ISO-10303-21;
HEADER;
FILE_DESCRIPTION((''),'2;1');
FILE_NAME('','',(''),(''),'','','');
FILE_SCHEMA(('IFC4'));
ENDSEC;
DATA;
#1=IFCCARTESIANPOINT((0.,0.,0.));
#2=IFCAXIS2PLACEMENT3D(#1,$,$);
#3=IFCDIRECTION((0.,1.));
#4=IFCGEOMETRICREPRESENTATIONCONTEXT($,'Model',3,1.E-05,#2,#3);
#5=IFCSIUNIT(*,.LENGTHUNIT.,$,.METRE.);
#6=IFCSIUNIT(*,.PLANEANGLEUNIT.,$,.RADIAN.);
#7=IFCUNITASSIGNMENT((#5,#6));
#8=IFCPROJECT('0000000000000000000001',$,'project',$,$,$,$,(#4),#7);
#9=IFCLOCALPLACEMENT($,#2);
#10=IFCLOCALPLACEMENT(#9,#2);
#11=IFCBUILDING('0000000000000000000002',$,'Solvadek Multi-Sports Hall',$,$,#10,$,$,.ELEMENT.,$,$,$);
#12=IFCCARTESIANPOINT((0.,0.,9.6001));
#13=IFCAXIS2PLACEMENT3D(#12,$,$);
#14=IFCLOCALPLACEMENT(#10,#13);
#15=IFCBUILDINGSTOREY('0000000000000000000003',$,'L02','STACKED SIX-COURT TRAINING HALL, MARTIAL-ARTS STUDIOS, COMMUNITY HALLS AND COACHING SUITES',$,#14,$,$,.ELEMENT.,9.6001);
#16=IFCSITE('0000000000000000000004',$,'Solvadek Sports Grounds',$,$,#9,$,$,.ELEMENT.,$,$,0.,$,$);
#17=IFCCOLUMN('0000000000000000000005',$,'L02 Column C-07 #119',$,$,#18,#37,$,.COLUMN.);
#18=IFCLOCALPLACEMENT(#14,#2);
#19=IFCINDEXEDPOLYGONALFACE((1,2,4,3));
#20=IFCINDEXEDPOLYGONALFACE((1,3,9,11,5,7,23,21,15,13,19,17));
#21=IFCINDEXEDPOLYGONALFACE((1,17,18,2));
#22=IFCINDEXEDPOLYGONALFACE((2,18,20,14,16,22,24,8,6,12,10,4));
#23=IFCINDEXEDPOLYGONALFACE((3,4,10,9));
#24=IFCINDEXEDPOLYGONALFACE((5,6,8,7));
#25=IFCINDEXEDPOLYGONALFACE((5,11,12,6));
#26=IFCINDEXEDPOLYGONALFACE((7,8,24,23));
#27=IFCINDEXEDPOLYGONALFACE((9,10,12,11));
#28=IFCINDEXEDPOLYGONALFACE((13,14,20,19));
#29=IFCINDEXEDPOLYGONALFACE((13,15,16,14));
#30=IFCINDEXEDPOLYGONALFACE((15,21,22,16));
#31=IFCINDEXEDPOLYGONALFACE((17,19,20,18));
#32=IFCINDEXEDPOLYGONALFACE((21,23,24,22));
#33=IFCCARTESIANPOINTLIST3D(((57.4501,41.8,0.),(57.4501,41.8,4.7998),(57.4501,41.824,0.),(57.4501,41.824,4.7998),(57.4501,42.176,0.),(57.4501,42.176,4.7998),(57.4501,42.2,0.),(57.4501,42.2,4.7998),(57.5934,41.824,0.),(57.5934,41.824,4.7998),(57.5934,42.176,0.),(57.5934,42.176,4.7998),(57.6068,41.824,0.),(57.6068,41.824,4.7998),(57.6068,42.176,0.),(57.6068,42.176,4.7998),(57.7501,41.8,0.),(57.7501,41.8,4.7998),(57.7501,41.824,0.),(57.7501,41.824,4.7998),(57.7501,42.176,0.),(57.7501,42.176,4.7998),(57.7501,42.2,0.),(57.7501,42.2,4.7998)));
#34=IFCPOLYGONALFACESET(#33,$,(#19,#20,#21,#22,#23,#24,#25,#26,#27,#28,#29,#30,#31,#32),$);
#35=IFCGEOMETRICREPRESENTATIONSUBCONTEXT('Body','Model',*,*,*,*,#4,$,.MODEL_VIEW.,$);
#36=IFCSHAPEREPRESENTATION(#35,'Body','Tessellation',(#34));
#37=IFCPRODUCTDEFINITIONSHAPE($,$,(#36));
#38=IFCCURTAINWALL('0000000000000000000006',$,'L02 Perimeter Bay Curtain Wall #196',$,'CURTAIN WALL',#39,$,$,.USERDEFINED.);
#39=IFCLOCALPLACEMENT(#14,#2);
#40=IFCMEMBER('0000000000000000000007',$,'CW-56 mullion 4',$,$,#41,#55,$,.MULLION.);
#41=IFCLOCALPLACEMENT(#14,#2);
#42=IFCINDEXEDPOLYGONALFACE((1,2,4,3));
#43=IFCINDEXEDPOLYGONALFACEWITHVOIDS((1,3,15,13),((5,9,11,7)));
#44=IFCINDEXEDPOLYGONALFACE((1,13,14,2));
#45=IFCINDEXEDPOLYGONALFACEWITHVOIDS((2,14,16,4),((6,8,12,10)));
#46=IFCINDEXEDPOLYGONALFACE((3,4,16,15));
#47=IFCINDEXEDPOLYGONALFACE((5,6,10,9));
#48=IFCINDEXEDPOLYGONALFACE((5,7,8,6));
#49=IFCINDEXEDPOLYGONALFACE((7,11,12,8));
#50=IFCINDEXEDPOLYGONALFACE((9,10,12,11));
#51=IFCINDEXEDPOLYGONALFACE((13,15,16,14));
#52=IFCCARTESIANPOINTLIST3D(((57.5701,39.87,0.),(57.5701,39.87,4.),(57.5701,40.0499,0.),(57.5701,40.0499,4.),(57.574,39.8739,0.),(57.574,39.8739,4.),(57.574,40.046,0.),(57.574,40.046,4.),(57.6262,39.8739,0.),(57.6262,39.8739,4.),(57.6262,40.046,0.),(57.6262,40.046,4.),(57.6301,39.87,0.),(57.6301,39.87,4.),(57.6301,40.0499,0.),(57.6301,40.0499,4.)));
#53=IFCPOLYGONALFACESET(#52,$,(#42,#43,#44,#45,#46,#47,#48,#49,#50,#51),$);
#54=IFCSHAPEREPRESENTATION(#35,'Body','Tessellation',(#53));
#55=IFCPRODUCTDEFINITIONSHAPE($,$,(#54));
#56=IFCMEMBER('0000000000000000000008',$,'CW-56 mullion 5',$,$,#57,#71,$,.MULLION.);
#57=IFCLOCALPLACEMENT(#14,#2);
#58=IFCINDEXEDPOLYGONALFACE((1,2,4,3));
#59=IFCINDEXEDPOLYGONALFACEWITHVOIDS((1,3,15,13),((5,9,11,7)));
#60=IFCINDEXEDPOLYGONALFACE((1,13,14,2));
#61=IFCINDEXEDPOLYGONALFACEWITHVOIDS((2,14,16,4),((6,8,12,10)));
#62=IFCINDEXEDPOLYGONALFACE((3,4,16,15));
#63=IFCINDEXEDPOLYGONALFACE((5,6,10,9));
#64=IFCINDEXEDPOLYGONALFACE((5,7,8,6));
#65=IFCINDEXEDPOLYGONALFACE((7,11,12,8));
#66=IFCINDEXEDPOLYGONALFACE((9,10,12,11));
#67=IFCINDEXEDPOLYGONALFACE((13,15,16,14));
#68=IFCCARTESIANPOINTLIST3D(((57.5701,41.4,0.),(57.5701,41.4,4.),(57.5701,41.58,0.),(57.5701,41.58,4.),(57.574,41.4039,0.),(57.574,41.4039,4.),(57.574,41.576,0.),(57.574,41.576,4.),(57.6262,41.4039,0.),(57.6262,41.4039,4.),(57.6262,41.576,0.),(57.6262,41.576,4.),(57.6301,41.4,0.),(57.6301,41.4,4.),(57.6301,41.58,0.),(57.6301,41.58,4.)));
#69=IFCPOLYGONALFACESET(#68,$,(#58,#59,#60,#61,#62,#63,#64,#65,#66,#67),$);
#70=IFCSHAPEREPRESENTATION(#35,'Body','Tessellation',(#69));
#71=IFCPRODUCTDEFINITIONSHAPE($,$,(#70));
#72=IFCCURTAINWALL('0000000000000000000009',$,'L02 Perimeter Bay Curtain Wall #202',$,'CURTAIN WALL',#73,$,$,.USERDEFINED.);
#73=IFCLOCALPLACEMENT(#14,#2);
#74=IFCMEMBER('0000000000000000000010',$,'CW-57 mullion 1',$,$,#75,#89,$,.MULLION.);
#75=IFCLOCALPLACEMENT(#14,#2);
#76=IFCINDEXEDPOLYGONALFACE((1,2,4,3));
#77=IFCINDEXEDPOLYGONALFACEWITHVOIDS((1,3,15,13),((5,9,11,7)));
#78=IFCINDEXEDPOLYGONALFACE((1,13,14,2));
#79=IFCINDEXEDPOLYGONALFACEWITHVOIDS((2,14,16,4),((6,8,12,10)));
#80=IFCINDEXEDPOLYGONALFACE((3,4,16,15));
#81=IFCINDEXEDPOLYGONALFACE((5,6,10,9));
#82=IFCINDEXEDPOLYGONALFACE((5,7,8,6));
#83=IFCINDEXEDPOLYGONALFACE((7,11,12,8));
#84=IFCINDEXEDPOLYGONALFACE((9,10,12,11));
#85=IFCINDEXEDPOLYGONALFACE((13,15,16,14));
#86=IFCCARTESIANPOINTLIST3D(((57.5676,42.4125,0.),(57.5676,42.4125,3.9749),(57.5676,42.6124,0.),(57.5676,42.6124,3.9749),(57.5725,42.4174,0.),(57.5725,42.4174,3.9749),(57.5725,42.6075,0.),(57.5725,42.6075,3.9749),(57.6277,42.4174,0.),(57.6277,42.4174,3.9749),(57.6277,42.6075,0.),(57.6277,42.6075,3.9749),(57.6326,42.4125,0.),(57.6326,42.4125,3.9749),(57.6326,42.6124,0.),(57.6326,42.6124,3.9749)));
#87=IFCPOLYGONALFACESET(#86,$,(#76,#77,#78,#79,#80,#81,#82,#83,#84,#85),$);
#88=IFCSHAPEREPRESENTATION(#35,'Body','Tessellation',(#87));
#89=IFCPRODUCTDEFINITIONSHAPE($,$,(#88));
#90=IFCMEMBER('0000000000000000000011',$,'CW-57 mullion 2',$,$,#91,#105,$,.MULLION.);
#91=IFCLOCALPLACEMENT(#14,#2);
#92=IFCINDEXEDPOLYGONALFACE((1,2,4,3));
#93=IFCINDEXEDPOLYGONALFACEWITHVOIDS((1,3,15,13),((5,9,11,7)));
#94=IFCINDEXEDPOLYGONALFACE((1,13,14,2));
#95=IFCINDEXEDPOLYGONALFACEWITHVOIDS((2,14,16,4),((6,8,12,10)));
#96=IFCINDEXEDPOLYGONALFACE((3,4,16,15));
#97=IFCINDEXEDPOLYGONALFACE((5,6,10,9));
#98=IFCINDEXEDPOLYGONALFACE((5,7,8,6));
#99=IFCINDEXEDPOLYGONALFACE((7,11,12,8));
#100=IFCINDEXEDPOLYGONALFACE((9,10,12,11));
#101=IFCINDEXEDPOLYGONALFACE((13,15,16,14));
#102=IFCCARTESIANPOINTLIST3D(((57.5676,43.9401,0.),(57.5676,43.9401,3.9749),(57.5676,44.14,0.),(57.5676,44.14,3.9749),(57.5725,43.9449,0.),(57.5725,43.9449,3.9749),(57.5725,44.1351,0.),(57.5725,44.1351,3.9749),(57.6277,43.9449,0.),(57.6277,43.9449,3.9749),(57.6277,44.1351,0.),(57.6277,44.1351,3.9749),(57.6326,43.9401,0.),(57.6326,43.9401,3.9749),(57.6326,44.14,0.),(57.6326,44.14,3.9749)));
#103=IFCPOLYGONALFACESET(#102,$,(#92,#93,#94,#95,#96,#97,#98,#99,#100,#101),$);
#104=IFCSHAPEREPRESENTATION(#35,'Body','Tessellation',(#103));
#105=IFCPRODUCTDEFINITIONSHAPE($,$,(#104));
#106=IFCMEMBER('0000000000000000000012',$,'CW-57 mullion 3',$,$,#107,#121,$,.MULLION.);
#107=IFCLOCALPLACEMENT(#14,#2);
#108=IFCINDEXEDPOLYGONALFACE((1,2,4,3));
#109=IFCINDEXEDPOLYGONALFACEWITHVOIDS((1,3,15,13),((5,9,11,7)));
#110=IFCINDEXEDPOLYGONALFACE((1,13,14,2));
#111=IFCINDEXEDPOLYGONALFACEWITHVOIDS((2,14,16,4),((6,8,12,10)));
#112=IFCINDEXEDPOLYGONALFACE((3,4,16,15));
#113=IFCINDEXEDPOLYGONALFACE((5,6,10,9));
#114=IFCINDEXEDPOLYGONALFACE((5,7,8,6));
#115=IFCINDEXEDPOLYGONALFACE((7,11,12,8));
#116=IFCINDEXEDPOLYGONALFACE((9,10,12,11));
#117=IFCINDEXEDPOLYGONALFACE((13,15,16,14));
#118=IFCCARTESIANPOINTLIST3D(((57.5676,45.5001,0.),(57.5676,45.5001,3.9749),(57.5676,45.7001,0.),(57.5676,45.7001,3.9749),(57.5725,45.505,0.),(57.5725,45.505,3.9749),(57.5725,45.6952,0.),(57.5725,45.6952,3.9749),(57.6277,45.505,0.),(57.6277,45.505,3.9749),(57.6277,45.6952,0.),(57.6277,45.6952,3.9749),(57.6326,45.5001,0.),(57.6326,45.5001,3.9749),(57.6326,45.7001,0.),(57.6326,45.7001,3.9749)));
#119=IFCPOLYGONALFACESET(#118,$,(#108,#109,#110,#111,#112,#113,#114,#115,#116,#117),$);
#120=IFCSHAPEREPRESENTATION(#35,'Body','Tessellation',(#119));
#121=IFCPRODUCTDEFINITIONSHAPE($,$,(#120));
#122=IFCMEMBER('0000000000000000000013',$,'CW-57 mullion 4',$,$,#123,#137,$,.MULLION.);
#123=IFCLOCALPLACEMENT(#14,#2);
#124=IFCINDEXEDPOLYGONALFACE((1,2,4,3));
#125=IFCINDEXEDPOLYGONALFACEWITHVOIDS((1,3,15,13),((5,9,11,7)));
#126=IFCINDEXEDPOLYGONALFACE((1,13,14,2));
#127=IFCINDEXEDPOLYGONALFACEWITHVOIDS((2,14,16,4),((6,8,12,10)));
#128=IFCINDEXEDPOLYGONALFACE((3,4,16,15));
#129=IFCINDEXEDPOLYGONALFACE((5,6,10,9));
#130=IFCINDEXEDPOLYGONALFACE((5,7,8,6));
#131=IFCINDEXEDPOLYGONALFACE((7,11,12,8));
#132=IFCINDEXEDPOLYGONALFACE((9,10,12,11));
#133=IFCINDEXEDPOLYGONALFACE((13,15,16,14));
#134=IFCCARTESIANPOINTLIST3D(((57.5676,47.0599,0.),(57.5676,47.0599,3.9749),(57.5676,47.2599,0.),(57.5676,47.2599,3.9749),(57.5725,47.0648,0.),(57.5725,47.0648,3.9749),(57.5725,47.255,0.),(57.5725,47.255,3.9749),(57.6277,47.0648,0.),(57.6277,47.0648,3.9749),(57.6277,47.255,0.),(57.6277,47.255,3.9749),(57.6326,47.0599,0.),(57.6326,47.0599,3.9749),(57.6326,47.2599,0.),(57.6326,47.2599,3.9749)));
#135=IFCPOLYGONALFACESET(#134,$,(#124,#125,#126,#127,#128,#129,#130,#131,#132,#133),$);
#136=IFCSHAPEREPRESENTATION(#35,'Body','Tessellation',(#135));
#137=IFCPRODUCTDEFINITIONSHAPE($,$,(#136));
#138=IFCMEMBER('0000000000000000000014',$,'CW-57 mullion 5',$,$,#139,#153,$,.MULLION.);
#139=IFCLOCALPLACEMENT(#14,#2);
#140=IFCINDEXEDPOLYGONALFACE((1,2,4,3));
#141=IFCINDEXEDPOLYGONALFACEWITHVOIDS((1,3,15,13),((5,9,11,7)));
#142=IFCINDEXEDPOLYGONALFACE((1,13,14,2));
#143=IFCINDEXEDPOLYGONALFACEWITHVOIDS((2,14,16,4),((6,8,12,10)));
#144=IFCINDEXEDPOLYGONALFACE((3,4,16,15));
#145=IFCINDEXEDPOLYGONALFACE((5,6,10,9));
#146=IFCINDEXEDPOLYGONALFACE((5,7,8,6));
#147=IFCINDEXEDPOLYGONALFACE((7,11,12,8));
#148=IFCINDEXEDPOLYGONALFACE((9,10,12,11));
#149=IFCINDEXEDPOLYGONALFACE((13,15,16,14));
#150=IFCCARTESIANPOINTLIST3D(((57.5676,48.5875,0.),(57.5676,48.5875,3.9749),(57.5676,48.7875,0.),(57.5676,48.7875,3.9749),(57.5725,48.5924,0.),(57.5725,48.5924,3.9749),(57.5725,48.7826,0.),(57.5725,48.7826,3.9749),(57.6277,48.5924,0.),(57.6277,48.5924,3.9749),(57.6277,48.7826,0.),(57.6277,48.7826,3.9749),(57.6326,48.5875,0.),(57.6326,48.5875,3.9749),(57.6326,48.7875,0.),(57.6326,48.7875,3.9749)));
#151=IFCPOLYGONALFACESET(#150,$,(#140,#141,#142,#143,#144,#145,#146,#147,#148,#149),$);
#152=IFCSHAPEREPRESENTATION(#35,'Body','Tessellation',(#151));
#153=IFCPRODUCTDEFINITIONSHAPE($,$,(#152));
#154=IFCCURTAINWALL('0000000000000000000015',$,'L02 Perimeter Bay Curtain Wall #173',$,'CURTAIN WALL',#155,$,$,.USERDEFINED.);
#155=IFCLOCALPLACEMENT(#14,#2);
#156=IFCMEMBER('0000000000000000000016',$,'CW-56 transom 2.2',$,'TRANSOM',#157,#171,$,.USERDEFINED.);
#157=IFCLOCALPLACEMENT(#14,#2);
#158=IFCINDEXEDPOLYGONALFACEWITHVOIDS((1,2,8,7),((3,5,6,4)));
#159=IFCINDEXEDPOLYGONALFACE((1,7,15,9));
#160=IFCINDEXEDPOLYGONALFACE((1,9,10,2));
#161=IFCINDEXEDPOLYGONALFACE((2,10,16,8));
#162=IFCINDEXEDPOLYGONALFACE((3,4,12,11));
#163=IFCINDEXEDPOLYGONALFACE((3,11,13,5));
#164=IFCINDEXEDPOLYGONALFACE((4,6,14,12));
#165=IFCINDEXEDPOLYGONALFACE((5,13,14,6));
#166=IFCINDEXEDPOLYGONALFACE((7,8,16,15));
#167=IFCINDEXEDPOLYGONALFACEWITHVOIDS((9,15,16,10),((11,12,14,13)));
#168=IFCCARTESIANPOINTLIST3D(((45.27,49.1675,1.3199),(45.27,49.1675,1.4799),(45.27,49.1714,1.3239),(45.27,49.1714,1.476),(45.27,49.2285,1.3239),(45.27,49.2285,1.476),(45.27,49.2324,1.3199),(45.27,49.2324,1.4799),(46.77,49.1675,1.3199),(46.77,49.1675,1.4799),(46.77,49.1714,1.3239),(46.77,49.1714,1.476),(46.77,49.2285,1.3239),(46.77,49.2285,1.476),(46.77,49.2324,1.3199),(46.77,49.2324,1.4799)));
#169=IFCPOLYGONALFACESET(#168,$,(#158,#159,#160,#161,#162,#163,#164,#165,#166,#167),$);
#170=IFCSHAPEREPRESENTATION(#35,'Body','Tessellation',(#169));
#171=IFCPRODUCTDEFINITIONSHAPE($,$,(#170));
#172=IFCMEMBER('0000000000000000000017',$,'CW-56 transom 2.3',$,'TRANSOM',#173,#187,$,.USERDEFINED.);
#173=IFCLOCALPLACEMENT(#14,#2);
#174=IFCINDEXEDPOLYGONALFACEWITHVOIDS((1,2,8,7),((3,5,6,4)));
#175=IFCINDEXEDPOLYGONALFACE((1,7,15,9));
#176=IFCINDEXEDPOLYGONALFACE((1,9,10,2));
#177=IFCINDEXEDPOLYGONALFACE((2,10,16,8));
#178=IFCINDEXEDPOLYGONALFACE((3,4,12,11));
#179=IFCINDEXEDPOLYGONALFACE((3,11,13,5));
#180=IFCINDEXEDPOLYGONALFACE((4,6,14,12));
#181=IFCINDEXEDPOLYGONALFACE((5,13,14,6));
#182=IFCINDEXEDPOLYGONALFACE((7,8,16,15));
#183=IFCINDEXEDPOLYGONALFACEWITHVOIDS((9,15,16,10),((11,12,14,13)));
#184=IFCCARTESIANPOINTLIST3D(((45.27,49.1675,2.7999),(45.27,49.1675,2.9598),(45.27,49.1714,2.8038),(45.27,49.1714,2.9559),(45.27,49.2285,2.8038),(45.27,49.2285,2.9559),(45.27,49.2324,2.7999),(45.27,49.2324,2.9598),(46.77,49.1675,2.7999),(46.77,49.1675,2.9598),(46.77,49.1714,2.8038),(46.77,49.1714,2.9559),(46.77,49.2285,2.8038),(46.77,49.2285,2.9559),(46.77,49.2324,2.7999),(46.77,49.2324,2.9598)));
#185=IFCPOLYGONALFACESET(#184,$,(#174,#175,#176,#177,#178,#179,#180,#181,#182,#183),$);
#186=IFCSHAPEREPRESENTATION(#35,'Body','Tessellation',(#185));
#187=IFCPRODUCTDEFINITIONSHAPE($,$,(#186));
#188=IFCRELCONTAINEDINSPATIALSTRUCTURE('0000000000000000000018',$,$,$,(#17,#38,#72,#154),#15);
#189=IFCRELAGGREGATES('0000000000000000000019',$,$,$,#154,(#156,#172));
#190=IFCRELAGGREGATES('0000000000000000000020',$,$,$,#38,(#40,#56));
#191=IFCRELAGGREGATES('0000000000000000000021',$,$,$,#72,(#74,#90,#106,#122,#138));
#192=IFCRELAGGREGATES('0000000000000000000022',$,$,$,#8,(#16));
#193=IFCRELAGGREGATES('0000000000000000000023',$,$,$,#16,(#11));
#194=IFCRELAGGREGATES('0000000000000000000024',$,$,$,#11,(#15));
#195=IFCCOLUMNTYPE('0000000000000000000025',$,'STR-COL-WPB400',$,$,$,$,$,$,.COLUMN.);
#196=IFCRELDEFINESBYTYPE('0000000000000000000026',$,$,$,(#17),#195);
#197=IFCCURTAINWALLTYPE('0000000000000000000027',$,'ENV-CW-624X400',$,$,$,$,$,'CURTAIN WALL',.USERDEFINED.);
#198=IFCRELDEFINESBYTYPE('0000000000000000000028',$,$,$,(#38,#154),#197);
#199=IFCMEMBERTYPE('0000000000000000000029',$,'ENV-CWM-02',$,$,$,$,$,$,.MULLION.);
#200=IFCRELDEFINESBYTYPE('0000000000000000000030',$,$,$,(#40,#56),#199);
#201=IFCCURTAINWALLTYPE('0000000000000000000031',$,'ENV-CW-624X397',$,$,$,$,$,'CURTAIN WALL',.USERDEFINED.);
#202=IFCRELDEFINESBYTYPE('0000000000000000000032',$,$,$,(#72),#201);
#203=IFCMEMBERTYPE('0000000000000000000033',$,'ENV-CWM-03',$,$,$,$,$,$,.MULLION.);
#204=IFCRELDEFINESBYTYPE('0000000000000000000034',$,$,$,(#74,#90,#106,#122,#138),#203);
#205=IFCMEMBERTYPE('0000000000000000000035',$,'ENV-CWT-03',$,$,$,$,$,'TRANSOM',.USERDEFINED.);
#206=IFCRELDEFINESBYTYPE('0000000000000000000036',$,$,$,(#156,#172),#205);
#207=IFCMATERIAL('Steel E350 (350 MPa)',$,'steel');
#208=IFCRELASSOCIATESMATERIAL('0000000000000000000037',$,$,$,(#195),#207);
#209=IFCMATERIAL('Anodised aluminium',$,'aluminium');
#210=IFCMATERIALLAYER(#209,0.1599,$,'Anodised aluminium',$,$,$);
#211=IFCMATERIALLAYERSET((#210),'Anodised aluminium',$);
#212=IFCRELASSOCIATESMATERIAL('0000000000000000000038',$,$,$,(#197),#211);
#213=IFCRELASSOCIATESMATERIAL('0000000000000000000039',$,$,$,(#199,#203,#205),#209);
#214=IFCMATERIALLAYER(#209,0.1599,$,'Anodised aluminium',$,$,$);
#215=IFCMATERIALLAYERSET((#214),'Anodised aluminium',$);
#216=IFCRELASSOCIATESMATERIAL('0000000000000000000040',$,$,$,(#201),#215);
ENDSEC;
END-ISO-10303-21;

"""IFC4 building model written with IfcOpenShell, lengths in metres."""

from ifc_helpers import new_model, si_unit, direction, frame, origin, origin_2d, place, context, subcontext, project, spatial, hollow_rectangle, i_section, extrude, material, layer, layer_set, material_profile, profile_set, type_object, element, aggregate, save


model = new_model("IFC4")

# Units and contexts
model_context = context("Model", 3, precision=1e-05, world=origin(), true_north=direction((0.0, 1.0)))
body_context = subcontext(model_context, "Body", "Model", "MODEL_VIEW")
ifc_project = project(units=[si_unit("LENGTHUNIT", "METRE"), si_unit("PLANEANGLEUNIT", "RADIAN")], contexts=[model_context])

# Site, building, storey
site_placement = place(None, origin())
site = spatial("IfcSite", under=ifc_project, at=site_placement, Name="Solvadek Sports Grounds", CompositionType="ELEMENT", RefElevation=0.0)
building_placement = place(site_placement, origin())
building = spatial("IfcBuilding", under=site, at=building_placement, Name="Solvadek Multi-Sports Hall", CompositionType="ELEMENT")
storey_placement = place(building_placement, frame((0.0, 0.0, 9.6001)))
storey = spatial("IfcBuildingStorey", under=building, at=storey_placement, Name="L02", Description="STACKED SIX-COURT TRAINING HALL, MARTIAL-ARTS STUDIOS, COMMUNITY HALLS AND COACHING SUITES", CompositionType="ELEMENT", Elevation=9.6001)

# Column
ifc_material_1 = material(Name="Steel E350 (350 MPa)", Category="steel")
ifc_material_profile_1 = material_profile(ifc_material_1, i_section(OverallWidth=0.3, OverallDepth=0.3999, WebThickness=0.0134, FlangeThickness=0.0239, at=origin_2d()), Name="WPB 400")
ifc_profile_set_1 = profile_set([ifc_material_profile_1], Name="Steel E350 (350 MPa)")
column_type = type_object("IfcColumnType", Name="STR-COL-WPB400", PredefinedType="COLUMN", material=ifc_profile_set_1)
column_placement = place(storey_placement, frame((57.6001, 42.0, 0.0), z_axis=(0.0, 0.0, 1.0), x_axis=(1.0, 0.0, 0.0)))
element("IfcColumn", 1, at=column_placement, inside=storey, type_object=column_type, Name="L02 Column C-07 #119", PredefinedType="COLUMN", context=body_context, shape_type="SweptSolid", body=[
    extrude(i_section(OverallWidth=0.3, OverallDepth=0.3999, WebThickness=0.0134, FlangeThickness=0.0239, at=origin_2d()), origin(), (0.0, 0.0, 1.0), 4.7998),
])

# Curtain walls, members
ifc_material_2 = material(Name="Anodised aluminium", Category="aluminium")
ifc_layer_1 = layer(ifc_material_2, 0.1599, Name="Anodised aluminium")
ifc_layer_set_1 = layer_set([ifc_layer_1], Name="Anodised aluminium")
curtain_wall_type_1 = type_object("IfcCurtainWallType", Name="ENV-CW-624X400", ElementType="CURTAIN WALL", PredefinedType="USERDEFINED", material=ifc_layer_set_1)
curtain_wall_1_placement = place(storey_placement, origin())
curtain_wall_1 = element("IfcCurtainWall", 2, at=curtain_wall_1_placement, inside=storey, type_object=curtain_wall_type_1, Name="L02 Perimeter Bay Curtain Wall #196", ObjectType="CURTAIN WALL", PredefinedType="USERDEFINED")
ifc_material_profile_2 = material_profile(ifc_material_2, hollow_rectangle(XDim=0.0601, YDim=0.1799, WallThickness=0.0039, at=origin_2d()), Name="ALU-M 180x60x4")
ifc_profile_set_2 = profile_set([ifc_material_profile_2], Name="Anodised aluminium")
member_type_1 = type_object("IfcMemberType", Name="ENV-CWM-02", PredefinedType="MULLION", material=ifc_profile_set_2)
member_1_placement = place(storey_placement, frame((57.6001, 39.96, 0.0), z_axis=(0.0, 0.0, 1.0), x_axis=(-1.0, 0.0, 0.0)))
member_1 = element("IfcMember", 3, at=member_1_placement, type_object=member_type_1, Name="CW-56 mullion 4", PredefinedType="MULLION", context=body_context, shape_type="SweptSolid", body=[
    extrude(hollow_rectangle(XDim=0.0601, YDim=0.1799, WallThickness=0.0039, at=origin_2d()), origin(), (0.0, 0.0, 1.0), 4.0),
])
member_2_placement = place(storey_placement, frame((57.6001, 41.49, 0.0), z_axis=(0.0, 0.0, 1.0), x_axis=(-1.0, 0.0, 0.0)))
member_2 = element("IfcMember", 4, at=member_2_placement, type_object=member_type_1, Name="CW-56 mullion 5", PredefinedType="MULLION", context=body_context, shape_type="SweptSolid", body=[
    extrude(hollow_rectangle(XDim=0.0601, YDim=0.1799, WallThickness=0.0039, at=origin_2d()), origin(), (0.0, 0.0, 1.0), 4.0),
])
ifc_layer_2 = layer(ifc_material_2, 0.1599, Name="Anodised aluminium")
ifc_layer_set_2 = layer_set([ifc_layer_2], Name="Anodised aluminium")
curtain_wall_type_2 = type_object("IfcCurtainWallType", Name="ENV-CW-624X397", ElementType="CURTAIN WALL", PredefinedType="USERDEFINED", material=ifc_layer_set_2)
curtain_wall_2_placement = place(storey_placement, origin())
curtain_wall_2 = element("IfcCurtainWall", 5, at=curtain_wall_2_placement, inside=storey, type_object=curtain_wall_type_2, Name="L02 Perimeter Bay Curtain Wall #202", ObjectType="CURTAIN WALL", PredefinedType="USERDEFINED")
ifc_material_profile_3 = material_profile(ifc_material_2, hollow_rectangle(XDim=0.0649, YDim=0.2, WallThickness=0.0049, at=origin_2d()), Name="ALU-M 200x65x5")
ifc_profile_set_3 = profile_set([ifc_material_profile_3], Name="Anodised aluminium")
member_type_2 = type_object("IfcMemberType", Name="ENV-CWM-03", PredefinedType="MULLION", material=ifc_profile_set_3)
member_3_placement = place(storey_placement, frame((57.6001, 42.5125, 0.0), z_axis=(0.0, 0.0, 1.0), x_axis=(-1.0, 0.0, 0.0)))
member_3 = element("IfcMember", 6, at=member_3_placement, type_object=member_type_2, Name="CW-57 mullion 1", PredefinedType="MULLION", context=body_context, shape_type="SweptSolid", body=[
    extrude(hollow_rectangle(XDim=0.0649, YDim=0.2, WallThickness=0.0049, at=origin_2d()), origin(), (0.0, 0.0, 1.0), 3.9749),
])
member_4_placement = place(storey_placement, frame((57.6001, 44.04, 0.0), z_axis=(0.0, 0.0, 1.0), x_axis=(-1.0, 0.0, 0.0)))
member_4 = element("IfcMember", 7, at=member_4_placement, type_object=member_type_2, Name="CW-57 mullion 2", PredefinedType="MULLION", context=body_context, shape_type="SweptSolid", body=[
    extrude(hollow_rectangle(XDim=0.0649, YDim=0.2, WallThickness=0.0049, at=origin_2d()), origin(), (0.0, 0.0, 1.0), 3.9749),
])
member_5_placement = place(storey_placement, frame((57.6001, 45.6001, 0.0), z_axis=(0.0, 0.0, 1.0), x_axis=(-1.0, 0.0, 0.0)))
member_5 = element("IfcMember", 8, at=member_5_placement, type_object=member_type_2, Name="CW-57 mullion 3", PredefinedType="MULLION", context=body_context, shape_type="SweptSolid", body=[
    extrude(hollow_rectangle(XDim=0.0649, YDim=0.2, WallThickness=0.0049, at=origin_2d()), origin(), (0.0, 0.0, 1.0), 3.9749),
])
member_6_placement = place(storey_placement, frame((57.6001, 47.1599, 0.0), z_axis=(0.0, 0.0, 1.0), x_axis=(-1.0, 0.0, 0.0)))
member_6 = element("IfcMember", 9, at=member_6_placement, type_object=member_type_2, Name="CW-57 mullion 4", PredefinedType="MULLION", context=body_context, shape_type="SweptSolid", body=[
    extrude(hollow_rectangle(XDim=0.0649, YDim=0.2, WallThickness=0.0049, at=origin_2d()), origin(), (0.0, 0.0, 1.0), 3.9749),
])
member_7_placement = place(storey_placement, frame((57.6001, 48.6875, 0.0), z_axis=(0.0, 0.0, 1.0), x_axis=(-1.0, 0.0, 0.0)))
member_7 = element("IfcMember", 10, at=member_7_placement, type_object=member_type_2, Name="CW-57 mullion 5", PredefinedType="MULLION", context=body_context, shape_type="SweptSolid", body=[
    extrude(hollow_rectangle(XDim=0.0649, YDim=0.2, WallThickness=0.0049, at=origin_2d()), origin(), (0.0, 0.0, 1.0), 3.9749),
])
curtain_wall_3_placement = place(storey_placement, origin())
curtain_wall_3 = element("IfcCurtainWall", 11, at=curtain_wall_3_placement, inside=storey, type_object=curtain_wall_type_1, Name="L02 Perimeter Bay Curtain Wall #173", ObjectType="CURTAIN WALL", PredefinedType="USERDEFINED")
ifc_material_profile_4 = material_profile(ifc_material_2, hollow_rectangle(XDim=0.0649, YDim=0.1599, WallThickness=0.0039, at=origin_2d()), Name="ALU-T 160x65x4")
ifc_profile_set_4 = profile_set([ifc_material_profile_4], Name="Anodised aluminium")
member_type_3 = type_object("IfcMemberType", Name="ENV-CWT-03", ElementType="TRANSOM", PredefinedType="USERDEFINED", material=ifc_profile_set_4)
member_8_placement = place(storey_placement, frame((45.27, 49.2, 1.3999), z_axis=(1.0, 0.0, 0.0), x_axis=(0.0, 1.0, 0.0)))
member_8 = element("IfcMember", 12, at=member_8_placement, type_object=member_type_3, Name="CW-56 transom 2.2", ObjectType="TRANSOM", PredefinedType="USERDEFINED", context=body_context, shape_type="SweptSolid", body=[
    extrude(hollow_rectangle(XDim=0.0649, YDim=0.1599, WallThickness=0.0039, at=origin_2d()), origin(), (0.0, 0.0, 1.0), 1.5),
])
member_9_placement = place(storey_placement, frame((45.27, 49.2, 2.8799), z_axis=(1.0, 0.0, 0.0), x_axis=(0.0, 1.0, 0.0)))
member_9 = element("IfcMember", 13, at=member_9_placement, type_object=member_type_3, Name="CW-56 transom 2.3", ObjectType="TRANSOM", PredefinedType="USERDEFINED", context=body_context, shape_type="SweptSolid", body=[
    extrude(hollow_rectangle(XDim=0.0649, YDim=0.1599, WallThickness=0.0039, at=origin_2d()), origin(), (0.0, 0.0, 1.0), 1.5),
])

aggregate(curtain_wall_3, [member_8, member_9])
aggregate(curtain_wall_1, [member_1, member_2])
aggregate(curtain_wall_2, [member_3, member_4, member_5, member_6, member_7])

save(model, "model.ifc")
